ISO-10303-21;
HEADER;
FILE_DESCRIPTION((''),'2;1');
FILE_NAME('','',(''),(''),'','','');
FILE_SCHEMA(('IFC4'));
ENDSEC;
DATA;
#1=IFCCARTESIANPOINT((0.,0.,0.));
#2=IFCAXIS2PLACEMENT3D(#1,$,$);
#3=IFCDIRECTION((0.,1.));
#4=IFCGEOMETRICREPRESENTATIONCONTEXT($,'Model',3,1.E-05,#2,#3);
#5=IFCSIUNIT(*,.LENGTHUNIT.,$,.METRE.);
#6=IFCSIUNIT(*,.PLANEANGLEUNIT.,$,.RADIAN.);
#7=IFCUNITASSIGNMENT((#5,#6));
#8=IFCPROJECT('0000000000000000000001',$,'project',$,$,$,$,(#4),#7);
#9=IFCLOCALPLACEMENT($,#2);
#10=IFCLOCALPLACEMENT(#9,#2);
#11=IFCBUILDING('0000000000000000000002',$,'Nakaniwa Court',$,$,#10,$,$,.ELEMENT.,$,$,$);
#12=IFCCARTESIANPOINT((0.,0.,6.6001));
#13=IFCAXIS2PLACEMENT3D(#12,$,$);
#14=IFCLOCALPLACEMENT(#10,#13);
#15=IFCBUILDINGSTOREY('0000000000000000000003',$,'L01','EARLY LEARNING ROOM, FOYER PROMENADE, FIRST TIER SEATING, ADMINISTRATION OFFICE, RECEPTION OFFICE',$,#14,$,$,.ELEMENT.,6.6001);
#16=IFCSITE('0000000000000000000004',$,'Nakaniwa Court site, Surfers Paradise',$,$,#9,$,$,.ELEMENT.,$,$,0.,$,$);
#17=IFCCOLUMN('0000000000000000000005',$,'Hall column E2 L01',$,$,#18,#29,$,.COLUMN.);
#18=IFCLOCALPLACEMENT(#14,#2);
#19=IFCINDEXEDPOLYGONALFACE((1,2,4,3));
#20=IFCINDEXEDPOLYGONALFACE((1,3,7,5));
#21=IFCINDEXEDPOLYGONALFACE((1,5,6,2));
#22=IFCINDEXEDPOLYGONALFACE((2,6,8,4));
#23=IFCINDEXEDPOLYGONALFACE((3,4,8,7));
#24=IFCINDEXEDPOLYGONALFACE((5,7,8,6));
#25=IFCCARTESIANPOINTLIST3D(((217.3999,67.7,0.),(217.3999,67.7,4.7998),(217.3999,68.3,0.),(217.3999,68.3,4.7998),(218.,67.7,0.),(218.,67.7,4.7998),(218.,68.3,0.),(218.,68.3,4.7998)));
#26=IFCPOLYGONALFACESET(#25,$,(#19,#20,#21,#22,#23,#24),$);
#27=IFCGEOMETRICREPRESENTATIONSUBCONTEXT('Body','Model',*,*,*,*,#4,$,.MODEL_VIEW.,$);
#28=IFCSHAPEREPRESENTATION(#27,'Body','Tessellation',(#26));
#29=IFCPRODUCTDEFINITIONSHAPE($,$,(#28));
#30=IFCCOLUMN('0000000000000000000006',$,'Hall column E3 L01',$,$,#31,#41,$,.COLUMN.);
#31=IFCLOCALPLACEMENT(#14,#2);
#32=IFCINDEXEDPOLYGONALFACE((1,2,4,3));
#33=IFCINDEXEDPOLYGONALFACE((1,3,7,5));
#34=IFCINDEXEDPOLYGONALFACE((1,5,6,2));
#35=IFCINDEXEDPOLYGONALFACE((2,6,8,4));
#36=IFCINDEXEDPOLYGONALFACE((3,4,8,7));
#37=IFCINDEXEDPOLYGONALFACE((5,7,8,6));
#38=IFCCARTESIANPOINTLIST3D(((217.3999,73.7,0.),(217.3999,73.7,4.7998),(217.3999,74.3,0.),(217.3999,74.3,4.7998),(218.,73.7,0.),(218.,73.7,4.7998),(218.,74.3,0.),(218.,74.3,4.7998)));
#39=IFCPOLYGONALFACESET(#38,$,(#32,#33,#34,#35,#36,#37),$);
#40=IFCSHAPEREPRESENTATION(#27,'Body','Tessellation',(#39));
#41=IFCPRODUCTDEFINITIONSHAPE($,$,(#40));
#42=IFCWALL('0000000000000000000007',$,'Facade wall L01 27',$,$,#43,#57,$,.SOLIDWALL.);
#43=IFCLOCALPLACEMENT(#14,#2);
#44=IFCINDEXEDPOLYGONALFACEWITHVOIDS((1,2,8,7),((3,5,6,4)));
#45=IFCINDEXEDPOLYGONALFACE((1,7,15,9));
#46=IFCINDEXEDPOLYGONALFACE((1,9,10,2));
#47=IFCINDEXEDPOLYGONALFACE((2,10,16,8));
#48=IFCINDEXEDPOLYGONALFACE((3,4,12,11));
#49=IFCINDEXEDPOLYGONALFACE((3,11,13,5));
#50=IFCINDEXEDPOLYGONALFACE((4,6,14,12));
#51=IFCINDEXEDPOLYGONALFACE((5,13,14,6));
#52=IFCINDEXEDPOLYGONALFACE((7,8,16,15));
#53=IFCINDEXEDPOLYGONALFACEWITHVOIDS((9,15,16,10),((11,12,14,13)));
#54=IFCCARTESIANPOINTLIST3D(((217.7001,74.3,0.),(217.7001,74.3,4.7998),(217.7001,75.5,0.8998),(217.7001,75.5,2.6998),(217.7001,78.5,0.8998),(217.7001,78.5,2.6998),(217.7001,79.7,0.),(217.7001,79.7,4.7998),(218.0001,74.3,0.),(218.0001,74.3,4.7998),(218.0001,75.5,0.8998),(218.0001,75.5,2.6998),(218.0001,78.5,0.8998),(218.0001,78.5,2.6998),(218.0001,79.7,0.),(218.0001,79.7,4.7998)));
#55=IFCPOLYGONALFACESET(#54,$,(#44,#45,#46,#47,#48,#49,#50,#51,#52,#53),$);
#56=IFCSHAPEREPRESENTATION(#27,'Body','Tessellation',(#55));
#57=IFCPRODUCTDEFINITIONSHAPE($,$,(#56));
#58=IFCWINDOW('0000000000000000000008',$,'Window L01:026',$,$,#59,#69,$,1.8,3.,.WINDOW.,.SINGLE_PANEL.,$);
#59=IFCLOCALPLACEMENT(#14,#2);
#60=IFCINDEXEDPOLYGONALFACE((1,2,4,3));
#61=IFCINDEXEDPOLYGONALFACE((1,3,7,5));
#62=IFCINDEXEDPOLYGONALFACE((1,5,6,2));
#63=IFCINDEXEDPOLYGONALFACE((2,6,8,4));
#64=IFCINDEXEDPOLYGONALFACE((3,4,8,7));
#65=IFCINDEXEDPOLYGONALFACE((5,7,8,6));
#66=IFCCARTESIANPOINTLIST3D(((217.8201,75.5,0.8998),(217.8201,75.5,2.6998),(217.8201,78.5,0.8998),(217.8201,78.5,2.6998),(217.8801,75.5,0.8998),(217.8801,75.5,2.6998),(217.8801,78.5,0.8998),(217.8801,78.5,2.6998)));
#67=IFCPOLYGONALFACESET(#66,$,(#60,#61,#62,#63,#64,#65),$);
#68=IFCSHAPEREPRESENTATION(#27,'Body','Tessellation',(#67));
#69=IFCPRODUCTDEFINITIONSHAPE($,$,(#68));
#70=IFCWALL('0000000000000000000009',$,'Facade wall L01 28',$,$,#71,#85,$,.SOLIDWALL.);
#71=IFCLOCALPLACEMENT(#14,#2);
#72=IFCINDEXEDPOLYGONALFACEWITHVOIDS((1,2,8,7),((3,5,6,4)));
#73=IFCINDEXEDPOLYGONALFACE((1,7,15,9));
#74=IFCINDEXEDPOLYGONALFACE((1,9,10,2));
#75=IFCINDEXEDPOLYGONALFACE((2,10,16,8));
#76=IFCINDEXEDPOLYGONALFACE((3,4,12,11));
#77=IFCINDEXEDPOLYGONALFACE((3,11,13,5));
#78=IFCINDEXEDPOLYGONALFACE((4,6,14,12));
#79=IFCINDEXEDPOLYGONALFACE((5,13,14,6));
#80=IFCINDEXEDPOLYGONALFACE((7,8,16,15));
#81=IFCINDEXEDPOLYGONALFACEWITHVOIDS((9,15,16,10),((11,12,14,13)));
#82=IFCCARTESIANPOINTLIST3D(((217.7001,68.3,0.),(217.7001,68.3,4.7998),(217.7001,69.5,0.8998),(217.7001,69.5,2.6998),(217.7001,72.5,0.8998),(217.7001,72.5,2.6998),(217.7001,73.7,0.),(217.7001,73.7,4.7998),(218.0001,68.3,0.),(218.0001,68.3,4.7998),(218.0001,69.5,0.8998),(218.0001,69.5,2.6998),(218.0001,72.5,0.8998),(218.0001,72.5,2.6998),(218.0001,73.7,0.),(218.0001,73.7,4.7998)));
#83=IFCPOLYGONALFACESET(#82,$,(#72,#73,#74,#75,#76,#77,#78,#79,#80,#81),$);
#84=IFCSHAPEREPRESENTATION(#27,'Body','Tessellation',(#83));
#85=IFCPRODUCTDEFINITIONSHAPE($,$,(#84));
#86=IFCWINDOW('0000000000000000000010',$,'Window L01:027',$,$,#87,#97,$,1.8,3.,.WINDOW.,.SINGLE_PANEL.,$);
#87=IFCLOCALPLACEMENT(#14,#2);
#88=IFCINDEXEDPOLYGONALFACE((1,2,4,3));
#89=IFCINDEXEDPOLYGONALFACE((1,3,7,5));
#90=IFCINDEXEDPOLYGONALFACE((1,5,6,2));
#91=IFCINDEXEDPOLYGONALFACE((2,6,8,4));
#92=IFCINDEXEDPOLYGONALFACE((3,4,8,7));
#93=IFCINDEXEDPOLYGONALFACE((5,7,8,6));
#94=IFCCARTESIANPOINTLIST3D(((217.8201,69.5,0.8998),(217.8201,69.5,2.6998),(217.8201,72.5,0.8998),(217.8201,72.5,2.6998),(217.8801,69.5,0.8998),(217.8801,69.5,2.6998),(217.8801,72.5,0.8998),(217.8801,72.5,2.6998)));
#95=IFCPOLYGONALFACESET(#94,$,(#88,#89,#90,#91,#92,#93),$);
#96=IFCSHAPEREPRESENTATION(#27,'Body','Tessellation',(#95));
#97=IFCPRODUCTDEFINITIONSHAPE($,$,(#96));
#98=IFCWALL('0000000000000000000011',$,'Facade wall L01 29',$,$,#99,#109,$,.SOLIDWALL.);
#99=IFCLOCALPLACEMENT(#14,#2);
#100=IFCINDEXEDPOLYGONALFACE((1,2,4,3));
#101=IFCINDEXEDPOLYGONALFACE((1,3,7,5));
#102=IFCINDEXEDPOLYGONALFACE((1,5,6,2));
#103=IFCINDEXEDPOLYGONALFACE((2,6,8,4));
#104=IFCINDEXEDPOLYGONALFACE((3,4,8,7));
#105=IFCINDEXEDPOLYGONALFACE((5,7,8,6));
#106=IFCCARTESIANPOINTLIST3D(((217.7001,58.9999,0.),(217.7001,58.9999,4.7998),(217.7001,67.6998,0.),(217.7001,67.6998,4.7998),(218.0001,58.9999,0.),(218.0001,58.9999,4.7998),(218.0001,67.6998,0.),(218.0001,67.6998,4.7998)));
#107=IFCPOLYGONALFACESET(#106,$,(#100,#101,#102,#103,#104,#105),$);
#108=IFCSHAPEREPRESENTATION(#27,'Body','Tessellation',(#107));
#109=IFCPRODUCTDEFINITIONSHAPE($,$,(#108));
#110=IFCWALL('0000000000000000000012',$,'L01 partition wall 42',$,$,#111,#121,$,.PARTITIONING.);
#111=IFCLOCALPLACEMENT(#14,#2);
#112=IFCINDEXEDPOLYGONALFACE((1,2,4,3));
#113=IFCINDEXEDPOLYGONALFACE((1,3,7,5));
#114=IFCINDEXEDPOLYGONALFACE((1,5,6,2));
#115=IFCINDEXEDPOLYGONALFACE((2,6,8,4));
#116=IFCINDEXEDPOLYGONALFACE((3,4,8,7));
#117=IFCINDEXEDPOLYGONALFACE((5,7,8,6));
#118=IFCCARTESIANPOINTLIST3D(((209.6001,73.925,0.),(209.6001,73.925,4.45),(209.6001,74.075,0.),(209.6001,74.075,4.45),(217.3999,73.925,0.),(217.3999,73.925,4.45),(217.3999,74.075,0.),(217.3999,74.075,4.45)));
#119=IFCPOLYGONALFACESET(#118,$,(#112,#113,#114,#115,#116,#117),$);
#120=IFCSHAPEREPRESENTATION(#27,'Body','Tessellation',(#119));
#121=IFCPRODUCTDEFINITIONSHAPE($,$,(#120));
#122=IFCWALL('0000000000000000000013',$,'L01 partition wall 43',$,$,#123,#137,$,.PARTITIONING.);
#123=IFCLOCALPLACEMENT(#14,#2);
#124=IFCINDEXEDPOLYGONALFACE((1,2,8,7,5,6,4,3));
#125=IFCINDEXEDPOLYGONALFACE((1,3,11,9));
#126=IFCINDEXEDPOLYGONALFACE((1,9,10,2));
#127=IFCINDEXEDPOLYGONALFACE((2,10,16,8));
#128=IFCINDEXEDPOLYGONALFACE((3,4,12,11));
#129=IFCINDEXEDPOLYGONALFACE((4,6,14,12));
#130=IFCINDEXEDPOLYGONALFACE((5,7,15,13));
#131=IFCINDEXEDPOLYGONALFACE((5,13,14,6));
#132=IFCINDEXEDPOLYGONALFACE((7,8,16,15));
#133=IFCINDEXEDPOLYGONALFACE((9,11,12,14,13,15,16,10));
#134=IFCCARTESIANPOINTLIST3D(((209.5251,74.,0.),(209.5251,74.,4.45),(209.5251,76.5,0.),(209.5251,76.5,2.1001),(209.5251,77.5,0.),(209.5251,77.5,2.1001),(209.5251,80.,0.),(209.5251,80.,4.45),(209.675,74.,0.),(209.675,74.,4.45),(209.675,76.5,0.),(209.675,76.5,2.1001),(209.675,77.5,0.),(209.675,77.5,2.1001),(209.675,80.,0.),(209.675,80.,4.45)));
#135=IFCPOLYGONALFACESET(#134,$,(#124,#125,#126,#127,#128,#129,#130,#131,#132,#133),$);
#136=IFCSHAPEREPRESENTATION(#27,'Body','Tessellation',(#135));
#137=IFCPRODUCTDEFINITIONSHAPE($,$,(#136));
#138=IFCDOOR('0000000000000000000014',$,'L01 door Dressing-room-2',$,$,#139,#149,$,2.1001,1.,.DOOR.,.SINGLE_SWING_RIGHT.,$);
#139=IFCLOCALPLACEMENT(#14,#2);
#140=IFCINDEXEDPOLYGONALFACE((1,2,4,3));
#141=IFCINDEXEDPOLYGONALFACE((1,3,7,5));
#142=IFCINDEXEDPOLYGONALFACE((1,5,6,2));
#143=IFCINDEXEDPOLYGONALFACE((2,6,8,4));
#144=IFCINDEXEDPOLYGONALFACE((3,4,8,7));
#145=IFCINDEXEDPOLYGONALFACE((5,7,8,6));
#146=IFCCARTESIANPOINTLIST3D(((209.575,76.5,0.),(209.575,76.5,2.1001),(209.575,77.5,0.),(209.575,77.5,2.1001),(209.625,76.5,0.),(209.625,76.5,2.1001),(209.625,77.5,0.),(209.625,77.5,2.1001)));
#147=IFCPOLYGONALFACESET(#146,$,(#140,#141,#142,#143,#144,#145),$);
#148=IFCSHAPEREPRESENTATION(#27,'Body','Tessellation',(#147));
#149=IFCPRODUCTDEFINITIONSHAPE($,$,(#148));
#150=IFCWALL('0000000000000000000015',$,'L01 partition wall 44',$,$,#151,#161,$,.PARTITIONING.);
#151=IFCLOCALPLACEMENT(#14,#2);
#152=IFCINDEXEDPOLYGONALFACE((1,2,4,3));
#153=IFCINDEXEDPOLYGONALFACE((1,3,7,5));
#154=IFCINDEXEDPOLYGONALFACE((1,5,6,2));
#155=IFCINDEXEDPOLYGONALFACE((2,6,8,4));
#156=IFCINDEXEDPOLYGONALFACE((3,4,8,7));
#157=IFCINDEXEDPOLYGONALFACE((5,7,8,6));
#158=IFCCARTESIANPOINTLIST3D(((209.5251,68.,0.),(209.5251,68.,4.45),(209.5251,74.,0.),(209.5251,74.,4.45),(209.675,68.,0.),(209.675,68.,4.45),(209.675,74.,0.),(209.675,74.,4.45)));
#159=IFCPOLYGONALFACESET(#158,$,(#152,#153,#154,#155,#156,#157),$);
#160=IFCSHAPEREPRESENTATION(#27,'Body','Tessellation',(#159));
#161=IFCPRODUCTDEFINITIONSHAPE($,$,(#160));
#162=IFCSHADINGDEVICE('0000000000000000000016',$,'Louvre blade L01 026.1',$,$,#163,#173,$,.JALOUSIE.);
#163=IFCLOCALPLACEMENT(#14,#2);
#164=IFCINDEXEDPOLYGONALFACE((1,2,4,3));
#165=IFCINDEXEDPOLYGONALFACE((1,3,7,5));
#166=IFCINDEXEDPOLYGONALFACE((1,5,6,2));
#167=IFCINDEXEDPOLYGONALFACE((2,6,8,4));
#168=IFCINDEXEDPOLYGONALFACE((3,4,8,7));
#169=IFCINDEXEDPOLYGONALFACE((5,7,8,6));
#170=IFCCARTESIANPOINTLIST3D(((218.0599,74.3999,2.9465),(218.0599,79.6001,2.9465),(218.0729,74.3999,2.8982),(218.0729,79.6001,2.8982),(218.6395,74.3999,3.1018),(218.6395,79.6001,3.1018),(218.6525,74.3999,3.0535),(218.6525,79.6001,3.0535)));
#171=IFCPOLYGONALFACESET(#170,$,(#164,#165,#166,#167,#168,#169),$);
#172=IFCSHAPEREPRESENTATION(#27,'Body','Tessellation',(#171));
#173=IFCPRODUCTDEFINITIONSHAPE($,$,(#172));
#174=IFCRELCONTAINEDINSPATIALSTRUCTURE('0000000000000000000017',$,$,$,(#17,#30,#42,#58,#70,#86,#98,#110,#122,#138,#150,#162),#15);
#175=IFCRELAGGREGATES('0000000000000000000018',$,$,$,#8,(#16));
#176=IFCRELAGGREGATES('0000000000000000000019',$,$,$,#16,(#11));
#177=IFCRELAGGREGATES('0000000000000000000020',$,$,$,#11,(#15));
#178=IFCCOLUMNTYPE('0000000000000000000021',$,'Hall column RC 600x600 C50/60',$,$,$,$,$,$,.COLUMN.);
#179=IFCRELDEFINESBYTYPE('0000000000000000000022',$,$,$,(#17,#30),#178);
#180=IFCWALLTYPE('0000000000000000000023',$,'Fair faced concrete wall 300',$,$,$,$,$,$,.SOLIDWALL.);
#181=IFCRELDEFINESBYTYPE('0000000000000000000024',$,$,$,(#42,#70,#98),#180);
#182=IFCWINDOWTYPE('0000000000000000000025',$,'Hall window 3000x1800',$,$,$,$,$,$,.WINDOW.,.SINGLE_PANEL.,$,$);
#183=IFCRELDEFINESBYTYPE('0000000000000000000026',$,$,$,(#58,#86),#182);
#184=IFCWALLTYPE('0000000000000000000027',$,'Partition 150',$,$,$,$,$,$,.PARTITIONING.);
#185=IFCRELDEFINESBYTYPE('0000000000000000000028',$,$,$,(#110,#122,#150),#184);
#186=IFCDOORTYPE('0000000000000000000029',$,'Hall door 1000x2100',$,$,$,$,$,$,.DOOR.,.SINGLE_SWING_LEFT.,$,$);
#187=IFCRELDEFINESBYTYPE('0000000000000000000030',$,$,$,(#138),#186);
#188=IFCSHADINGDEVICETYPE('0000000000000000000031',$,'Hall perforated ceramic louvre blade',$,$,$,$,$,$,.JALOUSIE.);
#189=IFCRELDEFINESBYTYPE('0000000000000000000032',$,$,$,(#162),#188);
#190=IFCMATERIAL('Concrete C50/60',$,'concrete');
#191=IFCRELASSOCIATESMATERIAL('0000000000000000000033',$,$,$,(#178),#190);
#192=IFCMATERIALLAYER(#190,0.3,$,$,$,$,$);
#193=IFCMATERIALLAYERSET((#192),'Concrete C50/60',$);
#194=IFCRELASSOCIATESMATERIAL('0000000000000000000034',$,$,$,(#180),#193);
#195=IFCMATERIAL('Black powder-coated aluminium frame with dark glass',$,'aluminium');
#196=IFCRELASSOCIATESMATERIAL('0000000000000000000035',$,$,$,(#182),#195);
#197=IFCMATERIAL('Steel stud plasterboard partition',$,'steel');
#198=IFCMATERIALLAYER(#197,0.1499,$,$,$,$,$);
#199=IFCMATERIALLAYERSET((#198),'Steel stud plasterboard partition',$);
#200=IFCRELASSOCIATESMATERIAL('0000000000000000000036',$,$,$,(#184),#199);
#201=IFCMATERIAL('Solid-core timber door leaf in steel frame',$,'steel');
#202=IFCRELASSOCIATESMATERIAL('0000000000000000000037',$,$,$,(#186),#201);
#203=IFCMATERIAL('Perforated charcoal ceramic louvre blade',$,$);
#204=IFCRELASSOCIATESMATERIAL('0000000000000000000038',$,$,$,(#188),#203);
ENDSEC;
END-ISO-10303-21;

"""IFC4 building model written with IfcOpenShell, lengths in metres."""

from ifc_helpers import new_model, si_unit, direction, frame, frame_2d, origin, origin_2d, place, context, subcontext, project, spatial, rectangle, extrude, material, layer, layer_set, material_profile, profile_set, type_object, element, fill, save


model = new_model("IFC4")

# Units and contexts
model_context = context("Model", 3, precision=1e-05, world=origin(), true_north=direction((0.0, 1.0)))
body_context = subcontext(model_context, "Body", "Model", "MODEL_VIEW")
ifc_project = project(units=[si_unit("LENGTHUNIT", "METRE"), si_unit("PLANEANGLEUNIT", "RADIAN")], contexts=[model_context])

# Site, building, storey
site_placement = place(None, origin())
site = spatial("IfcSite", under=ifc_project, at=site_placement, Name="Nakaniwa Court site, Surfers Paradise", CompositionType="ELEMENT", RefElevation=0.0)
building_placement = place(site_placement, origin())
building = spatial("IfcBuilding", under=site, at=building_placement, Name="Nakaniwa Court", CompositionType="ELEMENT")
storey_placement = place(building_placement, frame((0.0, 0.0, 6.6001)))
storey = spatial("IfcBuildingStorey", under=building, at=storey_placement, Name="L01", Description="EARLY LEARNING ROOM, FOYER PROMENADE, FIRST TIER SEATING, ADMINISTRATION OFFICE, RECEPTION OFFICE", CompositionType="ELEMENT", Elevation=6.6001)

# Columns
ifc_material_1 = material(Name="Concrete C50/60", Category="concrete")
ifc_material_profile_1 = material_profile(ifc_material_1, rectangle(XDim=0.6001, YDim=0.6001, at=origin_2d()), Name="RC 600x600")
ifc_profile_set_1 = profile_set([ifc_material_profile_1], Name="Concrete C50/60")
column_type = type_object("IfcColumnType", Name="Hall column RC 600x600 C50/60", PredefinedType="COLUMN", material=ifc_profile_set_1)
for number, where, z_axis, x_axis, name in (
    (1, (217.7, 68.0, 0.0), (0.0, 0.0, 1.0), (1.0, 0.0, 0.0), "Hall column E2 L01"),
    (2, (217.7, 74.0, 0.0), (0.0, 0.0, 1.0), (1.0, 0.0, 0.0), "Hall column E3 L01"),
):
    element("IfcColumn", number, at=place(storey_placement, frame(where, z_axis=z_axis, x_axis=x_axis)), inside=storey, type_object=column_type, Name=name, PredefinedType="COLUMN", context=body_context, shape_type="SweptSolid", body=[
        extrude(rectangle(XDim=0.6001, YDim=0.6001, at=origin_2d()), origin(), (0.0, 0.0, 1.0), 4.7998),
    ])

# Walls, openings, windows
ifc_layer_1 = layer(ifc_material_1, 0.3)
ifc_layer_set_1 = layer_set([ifc_layer_1], Name="Concrete C50/60")
wall_type_1 = type_object("IfcWallType", Name="Fair faced concrete wall 300", PredefinedType="SOLIDWALL", material=ifc_layer_set_1)
wall_1_placement = place(storey_placement, frame((217.8501, 79.7, 0.0), z_axis=(0.0, 0.0, 1.0), x_axis=(0.0, -1.0, 0.0)))
wall_1 = element("IfcWall", 3, at=wall_1_placement, inside=storey, type_object=wall_type_1, Name="Facade wall L01 27", PredefinedType="SOLIDWALL", context=body_context, shape_type="SweptSolid", body=[
    extrude(rectangle(XDim=5.3999, YDim=0.3, at=frame_2d((2.7, 0.0))), origin(), (0.0, 0.0, 1.0), 4.7998),
])
opening_1_placement = place(wall_1_placement, frame((1.2, 0.0, 0.8999)))
opening_1 = element("IfcOpeningElement", 4, at=opening_1_placement, cuts=wall_1, PredefinedType="OPENING", context=body_context, shape_type="SweptSolid", body=[
    extrude(rectangle(XDim=3.0, YDim=1.8, at=frame_2d((1.5, 0.8999))), frame((0.0, 0.1599, 0.0), z_axis=(0.0, -1.0, 0.0), x_axis=(1.0, 0.0, 0.0)), (0.0, 0.0, 1.0), 0.3201),
])
ifc_material_2 = material(Name="Black powder-coated aluminium frame with dark glass", Category="aluminium")
window_type = type_object("IfcWindowType", Name="Hall window 3000x1800", PartitioningType="SINGLE_PANEL", PredefinedType="WINDOW", material=ifc_material_2)
window_1_placement = place(opening_1_placement, origin())
window_1 = element("IfcWindow", 5, at=window_1_placement, inside=storey, type_object=window_type, Name="Window L01:026", OverallHeight=1.8, OverallWidth=3.0, PartitioningType="SINGLE_PANEL", PredefinedType="WINDOW", context=body_context, shape_type="SweptSolid", body=[
    extrude(rectangle(XDim=3.0, YDim=1.8, at=frame_2d((1.5, 0.8999))), frame((0.0, 0.03, 0.0), z_axis=(0.0, -1.0, 0.0), x_axis=(1.0, 0.0, 0.0)), (0.0, 0.0, 1.0), 0.0601),
])
fill(opening_1, window_1)
wall_2_placement = place(storey_placement, frame((217.8501, 73.7, 0.0), z_axis=(0.0, 0.0, 1.0), x_axis=(0.0, -1.0, 0.0)))
wall_2 = element("IfcWall", 6, at=wall_2_placement, inside=storey, type_object=wall_type_1, Name="Facade wall L01 28", PredefinedType="SOLIDWALL", context=body_context, shape_type="SweptSolid", body=[
    extrude(rectangle(XDim=5.3999, YDim=0.3, at=frame_2d((2.7, 0.0))), origin(), (0.0, 0.0, 1.0), 4.7998),
])
opening_2_placement = place(wall_2_placement, frame((1.2, 0.0, 0.8999)))
opening_2 = element("IfcOpeningElement", 7, at=opening_2_placement, cuts=wall_2, PredefinedType="OPENING", context=body_context, shape_type="SweptSolid", body=[
    extrude(rectangle(XDim=3.0, YDim=1.8, at=frame_2d((1.5, 0.8999))), frame((0.0, 0.1599, 0.0), z_axis=(0.0, -1.0, 0.0), x_axis=(1.0, 0.0, 0.0)), (0.0, 0.0, 1.0), 0.3201),
])
window_2_placement = place(opening_2_placement, origin())
window_2 = element("IfcWindow", 8, at=window_2_placement, inside=storey, type_object=window_type, Name="Window L01:027", OverallHeight=1.8, OverallWidth=3.0, PartitioningType="SINGLE_PANEL", PredefinedType="WINDOW", context=body_context, shape_type="SweptSolid", body=[
    extrude(rectangle(XDim=3.0, YDim=1.8, at=frame_2d((1.5, 0.8999))), frame((0.0, 0.03, 0.0), z_axis=(0.0, -1.0, 0.0), x_axis=(1.0, 0.0, 0.0)), (0.0, 0.0, 1.0), 0.0601),
])
fill(opening_2, window_2)

# Walls
wall_3_placement = place(storey_placement, frame((217.8501, 67.7, 0.0), z_axis=(0.0, 0.0, 1.0), x_axis=(0.0, -1.0, 0.0)))
element("IfcWall", 9, at=wall_3_placement, inside=storey, type_object=wall_type_1, Name="Facade wall L01 29", PredefinedType="SOLIDWALL", context=body_context, shape_type="SweptSolid", body=[
    extrude(rectangle(XDim=8.7, YDim=0.3, at=frame_2d((4.3501, 0.0))), origin(), (0.0, 0.0, 1.0), 4.7998),
])
ifc_material_3 = material(Name="Steel stud plasterboard partition", Category="steel")
ifc_layer_2 = layer(ifc_material_3, 0.1499)
ifc_layer_set_2 = layer_set([ifc_layer_2], Name="Steel stud plasterboard partition")
wall_type_2 = type_object("IfcWallType", Name="Partition 150", PredefinedType="PARTITIONING", material=ifc_layer_set_2)
wall_4_placement = place(storey_placement, frame((209.6001, 74.0, 0.0), z_axis=(0.0, 0.0, 1.0), x_axis=(1.0, 0.0, 0.0)))
element("IfcWall", 10, at=wall_4_placement, inside=storey, type_object=wall_type_2, Name="L01 partition wall 42", PredefinedType="PARTITIONING", context=body_context, shape_type="SweptSolid", body=[
    extrude(rectangle(XDim=7.7998, YDim=0.1499, at=frame_2d((3.8999, 0.0))), origin(), (0.0, 0.0, 1.0), 4.45),
])

# Wall, opening, door
wall_5_placement = place(storey_placement, frame((209.6001, 80.0, 0.0), z_axis=(0.0, 0.0, 1.0), x_axis=(0.0, -1.0, 0.0)))
wall_5 = element("IfcWall", 11, at=wall_5_placement, inside=storey, type_object=wall_type_2, Name="L01 partition wall 43", PredefinedType="PARTITIONING", context=body_context, shape_type="SweptSolid", body=[
    extrude(rectangle(XDim=6.0, YDim=0.1499, at=frame_2d((3.0, 0.0))), origin(), (0.0, 0.0, 1.0), 4.45),
])
opening_3_placement = place(wall_5_placement, frame((2.5, 0.0, 0.0)))
opening_3 = element("IfcOpeningElement", 12, at=opening_3_placement, cuts=wall_5, PredefinedType="OPENING", context=body_context, shape_type="SweptSolid", body=[
    extrude(rectangle(XDim=1.0, YDim=2.1001, at=frame_2d((0.5, 1.05))), frame((0.0, 0.085, 0.0), z_axis=(0.0, -1.0, 0.0), x_axis=(1.0, 0.0, 0.0)), (0.0, 0.0, 1.0), 0.1699),
])
ifc_material_4 = material(Name="Solid-core timber door leaf in steel frame", Category="steel")
door_type = type_object("IfcDoorType", Name="Hall door 1000x2100", OperationType="SINGLE_SWING_LEFT", PredefinedType="DOOR", material=ifc_material_4)
door_placement = place(opening_3_placement, origin())
door = element("IfcDoor", 13, at=door_placement, inside=storey, type_object=door_type, Name="L01 door Dressing-room-2", OperationType="SINGLE_SWING_RIGHT", OverallHeight=2.1001, OverallWidth=1.0, PredefinedType="DOOR", context=body_context, shape_type="SweptSolid", body=[
    extrude(rectangle(XDim=1.0, YDim=2.1001, at=frame_2d((0.5, 1.05))), frame((0.0, 0.0249, 0.0), z_axis=(0.0, -1.0, 0.0), x_axis=(1.0, 0.0, 0.0)), (0.0, 0.0, 1.0), 0.05),
])
fill(opening_3, door)

# Wall
wall_6_placement = place(storey_placement, frame((209.6001, 74.0, 0.0), z_axis=(0.0, 0.0, 1.0), x_axis=(0.0, -1.0, 0.0)))
element("IfcWall", 14, at=wall_6_placement, inside=storey, type_object=wall_type_2, Name="L01 partition wall 44", PredefinedType="PARTITIONING", context=body_context, shape_type="SweptSolid", body=[
    extrude(rectangle(XDim=6.0, YDim=0.1499, at=frame_2d((3.0, 0.0))), origin(), (0.0, 0.0, 1.0), 4.45),
])

# Shading device
ifc_material_5 = material(Name="Perforated charcoal ceramic louvre blade")
ifc_material_profile_2 = material_profile(ifc_material_5, rectangle(XDim=0.6001, YDim=0.05, at=origin_2d()), Name="Hall perforated ceramic louvre blade")
ifc_profile_set_2 = profile_set([ifc_material_profile_2], Name="Perforated charcoal ceramic louvre blade")
shading_device_type = type_object("IfcShadingDeviceType", Name="Hall perforated ceramic louvre blade", PredefinedType="JALOUSIE", material=ifc_profile_set_2)
for number, where, z_axis, x_axis, name in (
    (15, (218.3562, 79.6001, 3.0), (0.0, -1.0, 0.0), (0.965926, 0.0, 0.258819), "Louvre blade L01 026.1"),
):
    element("IfcShadingDevice", number, at=place(storey_placement, frame(where, z_axis=z_axis, x_axis=x_axis)), inside=storey, type_object=shading_device_type, Name=name, PredefinedType="JALOUSIE", context=body_context, shape_type="SweptSolid", body=[
        extrude(rectangle(XDim=0.6001, YDim=0.05, at=origin_2d()), origin(), (0.0, 0.0, 1.0), 5.2002),
    ])

save(model, "model.ifc")
